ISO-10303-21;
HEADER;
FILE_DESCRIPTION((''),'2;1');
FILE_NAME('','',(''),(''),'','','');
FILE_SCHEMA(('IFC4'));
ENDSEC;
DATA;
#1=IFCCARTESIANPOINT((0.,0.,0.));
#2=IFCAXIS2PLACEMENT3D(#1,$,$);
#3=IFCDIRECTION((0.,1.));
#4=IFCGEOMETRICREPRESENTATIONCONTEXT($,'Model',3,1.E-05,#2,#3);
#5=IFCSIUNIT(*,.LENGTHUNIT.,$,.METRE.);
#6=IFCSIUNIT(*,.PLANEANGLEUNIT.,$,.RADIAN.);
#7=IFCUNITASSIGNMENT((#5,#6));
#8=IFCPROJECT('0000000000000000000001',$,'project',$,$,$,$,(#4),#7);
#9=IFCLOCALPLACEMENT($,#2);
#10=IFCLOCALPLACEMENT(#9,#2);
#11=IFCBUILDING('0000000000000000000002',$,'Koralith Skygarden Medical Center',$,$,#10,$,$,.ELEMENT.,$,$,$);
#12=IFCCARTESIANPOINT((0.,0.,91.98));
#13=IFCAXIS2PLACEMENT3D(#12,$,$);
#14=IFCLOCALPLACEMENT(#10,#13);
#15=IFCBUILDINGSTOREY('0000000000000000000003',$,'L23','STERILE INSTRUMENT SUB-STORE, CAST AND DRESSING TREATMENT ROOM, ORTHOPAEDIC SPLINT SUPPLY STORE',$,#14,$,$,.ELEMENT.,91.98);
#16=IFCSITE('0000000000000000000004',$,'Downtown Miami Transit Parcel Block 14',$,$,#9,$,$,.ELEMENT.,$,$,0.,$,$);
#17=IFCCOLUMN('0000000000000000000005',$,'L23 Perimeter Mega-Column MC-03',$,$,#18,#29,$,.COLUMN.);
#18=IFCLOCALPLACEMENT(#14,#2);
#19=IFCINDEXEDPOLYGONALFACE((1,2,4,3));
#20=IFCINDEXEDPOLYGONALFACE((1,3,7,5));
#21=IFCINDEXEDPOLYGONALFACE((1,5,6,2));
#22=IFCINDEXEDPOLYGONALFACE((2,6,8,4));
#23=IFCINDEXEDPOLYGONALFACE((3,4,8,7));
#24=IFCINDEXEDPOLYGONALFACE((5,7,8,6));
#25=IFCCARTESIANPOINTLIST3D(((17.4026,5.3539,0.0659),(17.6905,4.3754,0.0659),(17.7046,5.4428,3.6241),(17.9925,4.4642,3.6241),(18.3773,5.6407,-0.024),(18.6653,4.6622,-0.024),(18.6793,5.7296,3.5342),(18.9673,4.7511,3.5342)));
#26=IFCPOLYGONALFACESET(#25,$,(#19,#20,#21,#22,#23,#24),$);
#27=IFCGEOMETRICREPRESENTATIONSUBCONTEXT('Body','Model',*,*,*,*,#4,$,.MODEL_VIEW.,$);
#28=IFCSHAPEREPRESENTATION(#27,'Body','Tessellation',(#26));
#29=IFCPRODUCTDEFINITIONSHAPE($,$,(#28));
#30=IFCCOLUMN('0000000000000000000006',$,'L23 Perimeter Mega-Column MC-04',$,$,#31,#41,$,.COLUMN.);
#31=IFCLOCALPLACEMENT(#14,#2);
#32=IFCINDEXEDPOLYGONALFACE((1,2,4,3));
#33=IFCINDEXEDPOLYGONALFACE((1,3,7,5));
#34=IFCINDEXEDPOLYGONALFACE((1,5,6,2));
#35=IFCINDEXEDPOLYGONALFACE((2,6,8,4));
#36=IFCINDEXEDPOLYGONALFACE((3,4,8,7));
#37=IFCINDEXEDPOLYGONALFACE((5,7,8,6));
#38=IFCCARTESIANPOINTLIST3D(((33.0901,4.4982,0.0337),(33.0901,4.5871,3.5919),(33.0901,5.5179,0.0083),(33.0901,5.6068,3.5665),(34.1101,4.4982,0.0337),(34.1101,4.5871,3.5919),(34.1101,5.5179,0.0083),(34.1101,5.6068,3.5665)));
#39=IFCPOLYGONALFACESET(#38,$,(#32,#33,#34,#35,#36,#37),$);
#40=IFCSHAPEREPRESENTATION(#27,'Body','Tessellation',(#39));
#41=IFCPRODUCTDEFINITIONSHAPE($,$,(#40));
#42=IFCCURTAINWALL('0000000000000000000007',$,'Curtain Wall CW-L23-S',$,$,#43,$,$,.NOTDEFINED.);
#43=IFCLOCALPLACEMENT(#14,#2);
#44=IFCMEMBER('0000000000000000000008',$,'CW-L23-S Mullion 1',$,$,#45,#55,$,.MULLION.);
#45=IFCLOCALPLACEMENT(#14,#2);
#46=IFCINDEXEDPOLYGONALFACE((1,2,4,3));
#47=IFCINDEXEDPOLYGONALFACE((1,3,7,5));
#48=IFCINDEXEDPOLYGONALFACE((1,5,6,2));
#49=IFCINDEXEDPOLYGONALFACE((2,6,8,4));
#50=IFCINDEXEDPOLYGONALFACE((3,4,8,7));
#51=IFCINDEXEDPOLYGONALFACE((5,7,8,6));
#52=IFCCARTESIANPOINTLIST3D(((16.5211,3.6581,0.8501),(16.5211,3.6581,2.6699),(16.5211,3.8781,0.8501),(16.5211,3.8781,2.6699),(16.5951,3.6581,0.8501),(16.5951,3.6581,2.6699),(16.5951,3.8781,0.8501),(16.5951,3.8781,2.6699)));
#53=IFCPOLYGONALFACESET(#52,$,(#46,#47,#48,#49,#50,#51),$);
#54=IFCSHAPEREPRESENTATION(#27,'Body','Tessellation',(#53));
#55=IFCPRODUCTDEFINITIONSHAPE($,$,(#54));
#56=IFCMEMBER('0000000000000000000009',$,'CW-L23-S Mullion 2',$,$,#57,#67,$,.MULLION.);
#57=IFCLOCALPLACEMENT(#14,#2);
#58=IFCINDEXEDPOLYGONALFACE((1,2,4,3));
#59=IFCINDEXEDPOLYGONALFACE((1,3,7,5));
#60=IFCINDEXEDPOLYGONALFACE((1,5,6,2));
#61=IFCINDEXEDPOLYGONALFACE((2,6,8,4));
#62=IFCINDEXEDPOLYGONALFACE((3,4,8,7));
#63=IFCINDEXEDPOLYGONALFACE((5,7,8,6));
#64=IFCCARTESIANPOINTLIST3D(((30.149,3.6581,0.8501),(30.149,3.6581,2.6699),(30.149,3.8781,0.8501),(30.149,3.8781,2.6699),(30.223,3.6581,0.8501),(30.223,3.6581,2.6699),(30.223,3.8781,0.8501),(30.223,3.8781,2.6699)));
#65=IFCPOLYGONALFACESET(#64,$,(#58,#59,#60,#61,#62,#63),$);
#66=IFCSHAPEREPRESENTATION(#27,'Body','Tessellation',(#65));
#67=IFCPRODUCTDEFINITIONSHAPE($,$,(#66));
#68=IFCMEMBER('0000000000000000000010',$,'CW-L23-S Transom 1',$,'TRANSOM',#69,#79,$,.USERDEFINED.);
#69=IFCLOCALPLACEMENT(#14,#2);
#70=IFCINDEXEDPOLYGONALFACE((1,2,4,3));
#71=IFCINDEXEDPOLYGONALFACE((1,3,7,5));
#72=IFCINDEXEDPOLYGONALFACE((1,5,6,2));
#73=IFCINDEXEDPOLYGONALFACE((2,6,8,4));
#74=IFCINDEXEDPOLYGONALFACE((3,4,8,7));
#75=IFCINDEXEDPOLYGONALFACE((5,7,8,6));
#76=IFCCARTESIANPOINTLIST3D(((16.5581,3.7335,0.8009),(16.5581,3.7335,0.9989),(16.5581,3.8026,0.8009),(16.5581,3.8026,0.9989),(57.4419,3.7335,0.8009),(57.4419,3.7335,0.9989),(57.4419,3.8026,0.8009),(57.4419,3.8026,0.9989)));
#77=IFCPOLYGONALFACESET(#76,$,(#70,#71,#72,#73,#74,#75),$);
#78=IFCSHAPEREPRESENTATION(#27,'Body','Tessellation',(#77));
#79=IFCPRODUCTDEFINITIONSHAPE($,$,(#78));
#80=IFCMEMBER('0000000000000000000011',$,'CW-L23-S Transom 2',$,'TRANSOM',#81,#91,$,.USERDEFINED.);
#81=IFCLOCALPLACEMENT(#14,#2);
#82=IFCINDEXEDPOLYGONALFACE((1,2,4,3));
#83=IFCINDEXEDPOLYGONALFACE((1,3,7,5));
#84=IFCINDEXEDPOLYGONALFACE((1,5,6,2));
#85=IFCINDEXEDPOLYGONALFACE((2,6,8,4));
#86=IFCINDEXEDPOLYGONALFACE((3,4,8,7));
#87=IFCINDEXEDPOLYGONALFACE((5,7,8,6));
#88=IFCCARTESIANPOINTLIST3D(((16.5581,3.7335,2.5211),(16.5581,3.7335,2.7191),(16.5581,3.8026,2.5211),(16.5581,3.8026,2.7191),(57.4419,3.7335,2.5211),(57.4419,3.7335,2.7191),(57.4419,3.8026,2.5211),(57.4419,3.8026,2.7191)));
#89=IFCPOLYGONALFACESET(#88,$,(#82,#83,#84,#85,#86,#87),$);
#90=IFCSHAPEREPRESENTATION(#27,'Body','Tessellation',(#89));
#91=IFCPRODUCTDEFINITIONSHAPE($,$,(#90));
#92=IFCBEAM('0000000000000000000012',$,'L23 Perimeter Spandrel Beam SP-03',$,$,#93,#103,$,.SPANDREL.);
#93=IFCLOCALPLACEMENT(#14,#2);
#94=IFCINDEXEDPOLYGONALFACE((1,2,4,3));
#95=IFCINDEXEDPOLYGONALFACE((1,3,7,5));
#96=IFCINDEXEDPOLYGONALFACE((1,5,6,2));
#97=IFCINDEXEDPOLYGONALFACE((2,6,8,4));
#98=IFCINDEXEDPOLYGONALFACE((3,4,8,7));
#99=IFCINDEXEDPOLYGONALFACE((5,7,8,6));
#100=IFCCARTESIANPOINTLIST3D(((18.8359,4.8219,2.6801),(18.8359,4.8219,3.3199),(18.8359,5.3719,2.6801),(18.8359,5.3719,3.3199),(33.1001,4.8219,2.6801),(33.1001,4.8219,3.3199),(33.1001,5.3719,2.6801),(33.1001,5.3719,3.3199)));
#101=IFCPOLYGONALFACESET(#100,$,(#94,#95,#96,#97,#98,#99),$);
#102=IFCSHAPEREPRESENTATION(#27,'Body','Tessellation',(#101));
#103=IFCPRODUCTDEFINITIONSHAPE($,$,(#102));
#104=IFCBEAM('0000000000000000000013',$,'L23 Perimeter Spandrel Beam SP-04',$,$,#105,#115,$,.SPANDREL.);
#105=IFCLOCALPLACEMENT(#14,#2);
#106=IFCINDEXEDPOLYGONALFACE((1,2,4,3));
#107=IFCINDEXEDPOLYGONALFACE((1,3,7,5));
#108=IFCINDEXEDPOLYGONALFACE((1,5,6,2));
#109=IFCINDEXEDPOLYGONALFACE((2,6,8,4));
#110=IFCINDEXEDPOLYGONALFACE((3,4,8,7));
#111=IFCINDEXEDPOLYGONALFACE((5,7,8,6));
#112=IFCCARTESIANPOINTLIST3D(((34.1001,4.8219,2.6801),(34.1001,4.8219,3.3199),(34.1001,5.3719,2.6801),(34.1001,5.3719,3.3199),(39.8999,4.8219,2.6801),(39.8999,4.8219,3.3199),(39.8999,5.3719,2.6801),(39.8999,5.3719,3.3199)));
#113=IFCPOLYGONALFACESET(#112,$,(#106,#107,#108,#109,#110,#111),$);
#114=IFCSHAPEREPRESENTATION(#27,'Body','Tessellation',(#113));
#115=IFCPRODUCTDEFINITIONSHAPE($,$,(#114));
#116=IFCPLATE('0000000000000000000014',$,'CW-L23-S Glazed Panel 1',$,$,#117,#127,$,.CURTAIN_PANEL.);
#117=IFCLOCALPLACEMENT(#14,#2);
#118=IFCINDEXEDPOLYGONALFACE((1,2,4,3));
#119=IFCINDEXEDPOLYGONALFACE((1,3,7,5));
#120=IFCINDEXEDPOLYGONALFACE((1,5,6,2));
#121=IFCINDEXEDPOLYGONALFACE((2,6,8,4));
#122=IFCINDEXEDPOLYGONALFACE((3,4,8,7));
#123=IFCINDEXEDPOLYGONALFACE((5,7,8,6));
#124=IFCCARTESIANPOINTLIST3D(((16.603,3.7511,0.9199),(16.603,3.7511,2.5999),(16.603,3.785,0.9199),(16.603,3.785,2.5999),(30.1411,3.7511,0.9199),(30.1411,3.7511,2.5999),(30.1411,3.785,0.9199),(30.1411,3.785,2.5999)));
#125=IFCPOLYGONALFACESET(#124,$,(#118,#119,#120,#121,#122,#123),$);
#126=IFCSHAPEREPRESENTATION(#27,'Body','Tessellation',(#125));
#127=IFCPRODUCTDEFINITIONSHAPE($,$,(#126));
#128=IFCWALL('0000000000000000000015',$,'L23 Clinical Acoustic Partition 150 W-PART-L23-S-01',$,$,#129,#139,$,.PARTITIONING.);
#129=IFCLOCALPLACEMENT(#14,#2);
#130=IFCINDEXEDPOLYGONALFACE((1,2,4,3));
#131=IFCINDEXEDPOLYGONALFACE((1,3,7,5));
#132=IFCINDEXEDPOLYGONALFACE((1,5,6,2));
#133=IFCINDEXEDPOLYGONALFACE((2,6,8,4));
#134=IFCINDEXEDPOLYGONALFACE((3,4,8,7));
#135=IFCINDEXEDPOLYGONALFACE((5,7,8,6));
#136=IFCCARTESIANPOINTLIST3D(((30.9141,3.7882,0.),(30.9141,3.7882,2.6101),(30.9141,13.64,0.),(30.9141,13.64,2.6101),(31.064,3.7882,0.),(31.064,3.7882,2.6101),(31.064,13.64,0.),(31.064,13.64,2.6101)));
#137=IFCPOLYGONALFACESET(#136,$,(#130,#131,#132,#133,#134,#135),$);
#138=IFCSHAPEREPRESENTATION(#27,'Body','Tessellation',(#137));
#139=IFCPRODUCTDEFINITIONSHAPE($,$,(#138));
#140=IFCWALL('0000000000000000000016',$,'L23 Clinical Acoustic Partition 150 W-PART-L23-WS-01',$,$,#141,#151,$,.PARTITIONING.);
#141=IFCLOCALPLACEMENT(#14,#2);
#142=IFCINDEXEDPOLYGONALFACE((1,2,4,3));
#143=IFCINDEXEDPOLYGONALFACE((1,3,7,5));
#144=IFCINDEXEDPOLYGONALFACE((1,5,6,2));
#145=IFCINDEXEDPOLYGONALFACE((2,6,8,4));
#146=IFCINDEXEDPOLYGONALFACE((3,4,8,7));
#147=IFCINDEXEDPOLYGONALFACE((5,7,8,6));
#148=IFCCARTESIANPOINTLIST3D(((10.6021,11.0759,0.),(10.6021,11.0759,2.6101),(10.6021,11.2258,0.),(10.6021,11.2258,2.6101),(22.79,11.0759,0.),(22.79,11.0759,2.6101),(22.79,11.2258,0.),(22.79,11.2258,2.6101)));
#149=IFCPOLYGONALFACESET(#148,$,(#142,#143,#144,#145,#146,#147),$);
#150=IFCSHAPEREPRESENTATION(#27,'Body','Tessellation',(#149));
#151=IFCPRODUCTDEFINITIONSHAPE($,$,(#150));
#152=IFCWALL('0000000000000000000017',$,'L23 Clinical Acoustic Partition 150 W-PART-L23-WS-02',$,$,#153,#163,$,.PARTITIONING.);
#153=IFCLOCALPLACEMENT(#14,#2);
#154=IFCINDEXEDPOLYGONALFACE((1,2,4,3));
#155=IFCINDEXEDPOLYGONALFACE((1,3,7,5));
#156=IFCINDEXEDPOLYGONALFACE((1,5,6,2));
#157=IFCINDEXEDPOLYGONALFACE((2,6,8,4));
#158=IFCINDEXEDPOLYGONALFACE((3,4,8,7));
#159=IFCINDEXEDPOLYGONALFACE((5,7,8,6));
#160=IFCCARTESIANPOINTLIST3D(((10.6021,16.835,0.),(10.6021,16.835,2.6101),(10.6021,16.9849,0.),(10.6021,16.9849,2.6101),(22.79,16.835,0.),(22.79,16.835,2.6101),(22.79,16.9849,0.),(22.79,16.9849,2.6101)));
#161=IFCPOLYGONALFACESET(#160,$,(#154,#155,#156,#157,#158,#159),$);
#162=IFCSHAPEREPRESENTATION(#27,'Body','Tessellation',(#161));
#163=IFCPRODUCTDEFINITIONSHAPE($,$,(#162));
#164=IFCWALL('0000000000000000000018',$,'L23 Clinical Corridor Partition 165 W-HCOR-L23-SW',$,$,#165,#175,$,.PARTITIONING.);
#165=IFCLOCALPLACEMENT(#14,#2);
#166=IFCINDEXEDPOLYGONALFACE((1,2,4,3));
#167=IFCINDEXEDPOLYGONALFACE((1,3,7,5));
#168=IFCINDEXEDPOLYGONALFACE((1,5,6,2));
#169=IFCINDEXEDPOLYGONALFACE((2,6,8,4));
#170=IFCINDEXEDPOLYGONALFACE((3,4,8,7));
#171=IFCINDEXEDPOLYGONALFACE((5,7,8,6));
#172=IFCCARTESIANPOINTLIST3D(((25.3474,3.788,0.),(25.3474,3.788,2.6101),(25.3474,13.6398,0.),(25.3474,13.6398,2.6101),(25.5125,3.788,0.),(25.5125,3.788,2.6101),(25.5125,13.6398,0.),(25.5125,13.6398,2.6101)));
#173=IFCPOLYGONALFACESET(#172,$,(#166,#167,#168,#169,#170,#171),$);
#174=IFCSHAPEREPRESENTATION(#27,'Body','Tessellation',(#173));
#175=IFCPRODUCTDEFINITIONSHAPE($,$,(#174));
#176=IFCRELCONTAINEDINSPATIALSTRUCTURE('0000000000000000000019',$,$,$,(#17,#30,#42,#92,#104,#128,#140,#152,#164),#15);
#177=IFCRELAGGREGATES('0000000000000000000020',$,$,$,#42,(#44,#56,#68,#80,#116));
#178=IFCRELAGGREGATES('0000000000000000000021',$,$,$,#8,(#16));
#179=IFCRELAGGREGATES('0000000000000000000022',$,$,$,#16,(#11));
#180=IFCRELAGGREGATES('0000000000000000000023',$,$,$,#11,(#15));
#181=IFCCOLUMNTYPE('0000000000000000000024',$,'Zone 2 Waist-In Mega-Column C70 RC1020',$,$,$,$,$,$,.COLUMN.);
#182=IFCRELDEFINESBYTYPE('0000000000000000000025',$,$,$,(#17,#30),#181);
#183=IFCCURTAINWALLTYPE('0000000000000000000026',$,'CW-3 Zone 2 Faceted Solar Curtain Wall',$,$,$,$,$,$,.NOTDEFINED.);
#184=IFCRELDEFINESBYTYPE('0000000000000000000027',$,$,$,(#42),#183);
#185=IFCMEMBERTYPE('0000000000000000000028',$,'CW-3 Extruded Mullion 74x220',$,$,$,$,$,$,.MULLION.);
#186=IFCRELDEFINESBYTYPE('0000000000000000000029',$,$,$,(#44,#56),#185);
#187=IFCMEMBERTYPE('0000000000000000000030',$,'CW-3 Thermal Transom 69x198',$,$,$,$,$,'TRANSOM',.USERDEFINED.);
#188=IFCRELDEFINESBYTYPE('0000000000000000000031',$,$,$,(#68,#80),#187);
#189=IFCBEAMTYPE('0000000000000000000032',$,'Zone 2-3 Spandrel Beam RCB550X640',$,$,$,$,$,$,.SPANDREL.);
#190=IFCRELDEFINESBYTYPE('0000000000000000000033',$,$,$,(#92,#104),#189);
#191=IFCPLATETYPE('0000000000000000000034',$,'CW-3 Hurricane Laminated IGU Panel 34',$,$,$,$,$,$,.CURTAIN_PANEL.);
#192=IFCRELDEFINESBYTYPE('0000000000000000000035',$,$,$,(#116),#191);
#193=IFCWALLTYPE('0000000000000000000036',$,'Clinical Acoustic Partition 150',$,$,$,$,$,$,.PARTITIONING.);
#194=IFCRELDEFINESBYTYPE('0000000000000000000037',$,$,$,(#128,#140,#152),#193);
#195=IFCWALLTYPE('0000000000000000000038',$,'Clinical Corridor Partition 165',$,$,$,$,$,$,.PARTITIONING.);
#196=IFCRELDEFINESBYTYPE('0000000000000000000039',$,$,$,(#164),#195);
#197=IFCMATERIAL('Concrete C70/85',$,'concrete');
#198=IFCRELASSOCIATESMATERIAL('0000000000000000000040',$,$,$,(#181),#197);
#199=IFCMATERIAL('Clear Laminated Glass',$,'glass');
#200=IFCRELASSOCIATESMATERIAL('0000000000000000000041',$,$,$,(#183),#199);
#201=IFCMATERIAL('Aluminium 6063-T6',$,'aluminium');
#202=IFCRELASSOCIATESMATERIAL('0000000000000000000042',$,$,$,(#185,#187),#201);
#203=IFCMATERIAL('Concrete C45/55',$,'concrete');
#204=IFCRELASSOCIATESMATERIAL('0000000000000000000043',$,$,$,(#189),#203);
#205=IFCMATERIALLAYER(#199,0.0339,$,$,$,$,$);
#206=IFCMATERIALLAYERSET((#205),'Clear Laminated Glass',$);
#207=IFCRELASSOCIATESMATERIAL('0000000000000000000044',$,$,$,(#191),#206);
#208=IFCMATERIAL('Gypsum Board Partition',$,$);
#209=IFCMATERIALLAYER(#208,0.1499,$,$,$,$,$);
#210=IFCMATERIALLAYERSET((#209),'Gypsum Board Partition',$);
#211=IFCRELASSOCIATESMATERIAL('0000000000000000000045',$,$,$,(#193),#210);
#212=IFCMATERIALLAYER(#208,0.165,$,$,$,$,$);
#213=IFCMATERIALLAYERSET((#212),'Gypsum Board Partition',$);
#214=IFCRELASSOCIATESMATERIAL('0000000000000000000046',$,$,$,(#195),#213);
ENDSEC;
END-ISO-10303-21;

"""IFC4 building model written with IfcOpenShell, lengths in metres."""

from ifc_helpers import new_model, si_unit, direction, frame, frame_2d, origin, origin_2d, place, context, subcontext, project, spatial, rectangle, extrude, material, layer, layer_set, material_profile, profile_set, type_object, element, aggregate, save


model = new_model("IFC4")

# Units and contexts
model_context = context("Model", 3, precision=1e-05, world=origin(), true_north=direction((0.0, 1.0)))
body_context = subcontext(model_context, "Body", "Model", "MODEL_VIEW")
ifc_project = project(units=[si_unit("LENGTHUNIT", "METRE"), si_unit("PLANEANGLEUNIT", "RADIAN")], contexts=[model_context])

# Site, building, storey
site_placement = place(None, origin())
site = spatial("IfcSite", under=ifc_project, at=site_placement, Name="Downtown Miami Transit Parcel Block 14", CompositionType="ELEMENT", RefElevation=0.0)
building_placement = place(site_placement, origin())
building = spatial("IfcBuilding", under=site, at=building_placement, Name="Koralith Skygarden Medical Center", CompositionType="ELEMENT")
storey_placement = place(building_placement, frame((0.0, 0.0, 91.98)))
storey = spatial("IfcBuildingStorey", under=building, at=storey_placement, Name="L23", Description="STERILE INSTRUMENT SUB-STORE, CAST AND DRESSING TREATMENT ROOM, ORTHOPAEDIC SPLINT SUPPLY STORE", CompositionType="ELEMENT", Elevation=91.98)

# Columns
ifc_material_1 = material(Name="Concrete C70/85", Category="concrete")
ifc_material_profile_1 = material_profile(ifc_material_1, rectangle(XDim=1.02, YDim=1.02, at=origin_2d()), Name="RC1020X1020")
ifc_profile_set_1 = profile_set([ifc_material_profile_1], Name="Concrete C70/85")
column_type = type_object("IfcColumnType", Name="Zone 2 Waist-In Mega-Column C70 RC1020", PredefinedType="COLUMN", material=ifc_profile_set_1)
column_1_placement = place(storey_placement, frame((18.0339, 5.0081, 0.021), z_axis=(0.084547, 0.024879, 0.996109), x_axis=(-0.282292, 0.959328, 0.0)))
element("IfcColumn", 1, at=column_1_placement, inside=storey, type_object=column_type, Name="L23 Perimeter Mega-Column MC-03", PredefinedType="COLUMN", context=body_context, shape_type="SweptSolid", body=[
    extrude(rectangle(XDim=1.02, YDim=1.02, at=origin_2d()), origin(), (0.0, 0.0, 1.0), 3.572),
])
column_2_placement = place(storey_placement, frame((33.6001, 5.0081, 0.021), z_axis=(0.0, 0.024968, 0.999688), x_axis=(-1.0, 0.0, 0.0)))
element("IfcColumn", 2, at=column_2_placement, inside=storey, type_object=column_type, Name="L23 Perimeter Mega-Column MC-04", PredefinedType="COLUMN", context=body_context, shape_type="SweptSolid", body=[
    extrude(rectangle(XDim=1.02, YDim=1.02, at=origin_2d()), origin(), (0.0, 0.0, 1.0), 3.5593),
])

# Curtain wall, members
ifc_material_2 = material(Name="Clear Laminated Glass", Category="glass")
curtain_wall_type = type_object("IfcCurtainWallType", Name="CW-3 Zone 2 Faceted Solar Curtain Wall", PredefinedType="NOTDEFINED", material=ifc_material_2)
curtain_wall_placement = place(storey_placement, origin())
curtain_wall = element("IfcCurtainWall", 3, at=curtain_wall_placement, inside=storey, type_object=curtain_wall_type, Name="Curtain Wall CW-L23-S", PredefinedType="NOTDEFINED")
ifc_material_3 = material(Name="Aluminium 6063-T6", Category="aluminium")
ifc_material_profile_2 = material_profile(ifc_material_3, rectangle(XDim=0.074, YDim=0.22, at=origin_2d()), Name="MUL74X220")
ifc_profile_set_2 = profile_set([ifc_material_profile_2], Name="Aluminium 6063-T6")
member_type_1 = type_object("IfcMemberType", Name="CW-3 Extruded Mullion 74x220", PredefinedType="MULLION", material=ifc_profile_set_2)
member_1_placement = place(storey_placement, frame((16.5581, 3.7681, 0.8501), z_axis=(0.0, 0.0, 1.0), x_axis=(1.0, 0.0, 0.0)))
member_1 = element("IfcMember", 4, at=member_1_placement, type_object=member_type_1, Name="CW-L23-S Mullion 1", PredefinedType="MULLION", context=body_context, shape_type="SweptSolid", body=[
    extrude(rectangle(XDim=0.074, YDim=0.22, at=origin_2d()), origin(), (0.0, 0.0, 1.0), 1.8198),
])
member_2_placement = place(storey_placement, frame((30.186, 3.7681, 0.8501), z_axis=(0.0, 0.0, 1.0), x_axis=(1.0, 0.0, 0.0)))
member_2 = element("IfcMember", 5, at=member_2_placement, type_object=member_type_1, Name="CW-L23-S Mullion 2", PredefinedType="MULLION", context=body_context, shape_type="SweptSolid", body=[
    extrude(rectangle(XDim=0.074, YDim=0.22, at=origin_2d()), origin(), (0.0, 0.0, 1.0), 1.8198),
])
ifc_material_profile_3 = material_profile(ifc_material_3, rectangle(XDim=0.0691, YDim=0.198, at=origin_2d()), Name="TRN69X198")
ifc_profile_set_3 = profile_set([ifc_material_profile_3], Name="Aluminium 6063-T6")
member_type_2 = type_object("IfcMemberType", Name="CW-3 Thermal Transom 69x198", ElementType="TRANSOM", PredefinedType="USERDEFINED", material=ifc_profile_set_3)
member_3_placement = place(storey_placement, frame((16.5581, 3.7681, 0.8999), z_axis=(1.0, 0.0, 0.0), x_axis=(0.0, 1.0, 0.0)))
member_3 = element("IfcMember", 6, at=member_3_placement, type_object=member_type_2, Name="CW-L23-S Transom 1", ObjectType="TRANSOM", PredefinedType="USERDEFINED", context=body_context, shape_type="SweptSolid", body=[
    extrude(rectangle(XDim=0.0691, YDim=0.198, at=origin_2d()), origin(), (0.0, 0.0, 1.0), 40.8838),
])
member_4_placement = place(storey_placement, frame((16.5581, 3.7681, 2.6201), z_axis=(1.0, 0.0, 0.0), x_axis=(0.0, 1.0, 0.0)))
member_4 = element("IfcMember", 7, at=member_4_placement, type_object=member_type_2, Name="CW-L23-S Transom 2", ObjectType="TRANSOM", PredefinedType="USERDEFINED", context=body_context, shape_type="SweptSolid", body=[
    extrude(rectangle(XDim=0.0691, YDim=0.198, at=origin_2d()), origin(), (0.0, 0.0, 1.0), 40.8838),
])

# Beams
ifc_material_4 = material(Name="Concrete C45/55", Category="concrete")
ifc_material_profile_4 = material_profile(ifc_material_4, rectangle(XDim=0.55, YDim=0.6399, at=origin_2d()), Name="RCB550X640")
ifc_profile_set_4 = profile_set([ifc_material_profile_4], Name="Concrete C45/55")
beam_type = type_object("IfcBeamType", Name="Zone 2-3 Spandrel Beam RCB550X640", PredefinedType="SPANDREL", material=ifc_profile_set_4)
beam_1_placement = place(storey_placement, frame((18.8359, 5.0969, 3.0), z_axis=(1.0, 0.0, 0.0), x_axis=(0.0, 1.0, 0.0)))
element("IfcBeam", 8, at=beam_1_placement, inside=storey, type_object=beam_type, Name="L23 Perimeter Spandrel Beam SP-03", PredefinedType="SPANDREL", context=body_context, shape_type="SweptSolid", body=[
    extrude(rectangle(XDim=0.55, YDim=0.6399, at=origin_2d()), origin(), (0.0, 0.0, 1.0), 14.2642),
])
beam_2_placement = place(storey_placement, frame((34.1001, 5.0969, 3.0), z_axis=(1.0, 0.0, 0.0), x_axis=(0.0, 1.0, 0.0)))
element("IfcBeam", 9, at=beam_2_placement, inside=storey, type_object=beam_type, Name="L23 Perimeter Spandrel Beam SP-04", PredefinedType="SPANDREL", context=body_context, shape_type="SweptSolid", body=[
    extrude(rectangle(XDim=0.55, YDim=0.6399, at=origin_2d()), origin(), (0.0, 0.0, 1.0), 5.7998),
])

# Plate
ifc_layer_1 = layer(ifc_material_2, 0.0339)
ifc_layer_set_1 = layer_set([ifc_layer_1], Name="Clear Laminated Glass")
plate_type = type_object("IfcPlateType", Name="CW-3 Hurricane Laminated IGU Panel 34", PredefinedType="CURTAIN_PANEL", material=ifc_layer_set_1)
plate_placement = place(storey_placement, frame((23.3721, 3.7681, 0.9199), z_axis=(0.0, 0.0, 1.0), x_axis=(1.0, 0.0, 0.0)))
plate = element("IfcPlate", 10, at=plate_placement, type_object=plate_type, Name="CW-L23-S Glazed Panel 1", PredefinedType="CURTAIN_PANEL", context=body_context, shape_type="SweptSolid", body=[
    extrude(rectangle(XDim=13.5381, YDim=0.0339, at=origin_2d()), origin(), (0.0, 0.0, 1.0), 1.6799),
])
aggregate(curtain_wall, [member_1, member_2, member_3, member_4, plate])

# Walls
ifc_material_5 = material(Name="Gypsum Board Partition")
ifc_layer_2 = layer(ifc_material_5, 0.1499)
ifc_layer_set_2 = layer_set([ifc_layer_2], Name="Gypsum Board Partition")
wall_type_1 = type_object("IfcWallType", Name="Clinical Acoustic Partition 150", PredefinedType="PARTITIONING", material=ifc_layer_set_2)
wall_1_placement = place(storey_placement, frame((30.989, 13.6399, 0.0), z_axis=(0.0, 0.0, 1.0), x_axis=(0.0, -1.0, 0.0)))
element("IfcWall", 11, at=wall_1_placement, inside=storey, type_object=wall_type_1, Name="L23 Clinical Acoustic Partition 150 W-PART-L23-S-01", PredefinedType="PARTITIONING", context=body_context, shape_type="SweptSolid", body=[
    extrude(rectangle(XDim=9.8518, YDim=0.1499, at=frame_2d((4.9258, 0.0))), origin(), (0.0, 0.0, 1.0), 2.6101),
])
for number, where, z_axis, x_axis, name in (
    (12, (22.79, 11.1509, 0.0), (0.0, 0.0, 1.0), (-1.0, 0.0, 0.0), "L23 Clinical Acoustic Partition 150 W-PART-L23-WS-01"),
    (13, (22.79, 16.9099, 0.0), (0.0, 0.0, 1.0), (-1.0, 0.0, 0.0), "L23 Clinical Acoustic Partition 150 W-PART-L23-WS-02"),
):
    element("IfcWall", number, at=place(storey_placement, frame(where, z_axis=z_axis, x_axis=x_axis)), inside=storey, type_object=wall_type_1, Name=name, PredefinedType="PARTITIONING", context=body_context, shape_type="SweptSolid", body=[
        extrude(rectangle(XDim=12.188, YDim=0.1499, at=frame_2d((6.094, 0.0))), origin(), (0.0, 0.0, 1.0), 2.6101),
    ])
ifc_layer_3 = layer(ifc_material_5, 0.165)
ifc_layer_set_3 = layer_set([ifc_layer_3], Name="Gypsum Board Partition")
wall_type_2 = type_object("IfcWallType", Name="Clinical Corridor Partition 165", PredefinedType="PARTITIONING", material=ifc_layer_set_3)
wall_2_placement = place(storey_placement, frame((25.4299, 3.7881, 0.0), z_axis=(0.0, 0.0, 1.0), x_axis=(0.0, 1.0, 0.0)))
element("IfcWall", 14, at=wall_2_placement, inside=storey, type_object=wall_type_2, Name="L23 Clinical Corridor Partition 165 W-HCOR-L23-SW", PredefinedType="PARTITIONING", context=body_context, shape_type="SweptSolid", body=[
    extrude(rectangle(XDim=9.8518, YDim=0.165, at=frame_2d((4.9258, 0.0))), origin(), (0.0, 0.0, 1.0), 2.6101),
])

save(model, "model.ifc")
